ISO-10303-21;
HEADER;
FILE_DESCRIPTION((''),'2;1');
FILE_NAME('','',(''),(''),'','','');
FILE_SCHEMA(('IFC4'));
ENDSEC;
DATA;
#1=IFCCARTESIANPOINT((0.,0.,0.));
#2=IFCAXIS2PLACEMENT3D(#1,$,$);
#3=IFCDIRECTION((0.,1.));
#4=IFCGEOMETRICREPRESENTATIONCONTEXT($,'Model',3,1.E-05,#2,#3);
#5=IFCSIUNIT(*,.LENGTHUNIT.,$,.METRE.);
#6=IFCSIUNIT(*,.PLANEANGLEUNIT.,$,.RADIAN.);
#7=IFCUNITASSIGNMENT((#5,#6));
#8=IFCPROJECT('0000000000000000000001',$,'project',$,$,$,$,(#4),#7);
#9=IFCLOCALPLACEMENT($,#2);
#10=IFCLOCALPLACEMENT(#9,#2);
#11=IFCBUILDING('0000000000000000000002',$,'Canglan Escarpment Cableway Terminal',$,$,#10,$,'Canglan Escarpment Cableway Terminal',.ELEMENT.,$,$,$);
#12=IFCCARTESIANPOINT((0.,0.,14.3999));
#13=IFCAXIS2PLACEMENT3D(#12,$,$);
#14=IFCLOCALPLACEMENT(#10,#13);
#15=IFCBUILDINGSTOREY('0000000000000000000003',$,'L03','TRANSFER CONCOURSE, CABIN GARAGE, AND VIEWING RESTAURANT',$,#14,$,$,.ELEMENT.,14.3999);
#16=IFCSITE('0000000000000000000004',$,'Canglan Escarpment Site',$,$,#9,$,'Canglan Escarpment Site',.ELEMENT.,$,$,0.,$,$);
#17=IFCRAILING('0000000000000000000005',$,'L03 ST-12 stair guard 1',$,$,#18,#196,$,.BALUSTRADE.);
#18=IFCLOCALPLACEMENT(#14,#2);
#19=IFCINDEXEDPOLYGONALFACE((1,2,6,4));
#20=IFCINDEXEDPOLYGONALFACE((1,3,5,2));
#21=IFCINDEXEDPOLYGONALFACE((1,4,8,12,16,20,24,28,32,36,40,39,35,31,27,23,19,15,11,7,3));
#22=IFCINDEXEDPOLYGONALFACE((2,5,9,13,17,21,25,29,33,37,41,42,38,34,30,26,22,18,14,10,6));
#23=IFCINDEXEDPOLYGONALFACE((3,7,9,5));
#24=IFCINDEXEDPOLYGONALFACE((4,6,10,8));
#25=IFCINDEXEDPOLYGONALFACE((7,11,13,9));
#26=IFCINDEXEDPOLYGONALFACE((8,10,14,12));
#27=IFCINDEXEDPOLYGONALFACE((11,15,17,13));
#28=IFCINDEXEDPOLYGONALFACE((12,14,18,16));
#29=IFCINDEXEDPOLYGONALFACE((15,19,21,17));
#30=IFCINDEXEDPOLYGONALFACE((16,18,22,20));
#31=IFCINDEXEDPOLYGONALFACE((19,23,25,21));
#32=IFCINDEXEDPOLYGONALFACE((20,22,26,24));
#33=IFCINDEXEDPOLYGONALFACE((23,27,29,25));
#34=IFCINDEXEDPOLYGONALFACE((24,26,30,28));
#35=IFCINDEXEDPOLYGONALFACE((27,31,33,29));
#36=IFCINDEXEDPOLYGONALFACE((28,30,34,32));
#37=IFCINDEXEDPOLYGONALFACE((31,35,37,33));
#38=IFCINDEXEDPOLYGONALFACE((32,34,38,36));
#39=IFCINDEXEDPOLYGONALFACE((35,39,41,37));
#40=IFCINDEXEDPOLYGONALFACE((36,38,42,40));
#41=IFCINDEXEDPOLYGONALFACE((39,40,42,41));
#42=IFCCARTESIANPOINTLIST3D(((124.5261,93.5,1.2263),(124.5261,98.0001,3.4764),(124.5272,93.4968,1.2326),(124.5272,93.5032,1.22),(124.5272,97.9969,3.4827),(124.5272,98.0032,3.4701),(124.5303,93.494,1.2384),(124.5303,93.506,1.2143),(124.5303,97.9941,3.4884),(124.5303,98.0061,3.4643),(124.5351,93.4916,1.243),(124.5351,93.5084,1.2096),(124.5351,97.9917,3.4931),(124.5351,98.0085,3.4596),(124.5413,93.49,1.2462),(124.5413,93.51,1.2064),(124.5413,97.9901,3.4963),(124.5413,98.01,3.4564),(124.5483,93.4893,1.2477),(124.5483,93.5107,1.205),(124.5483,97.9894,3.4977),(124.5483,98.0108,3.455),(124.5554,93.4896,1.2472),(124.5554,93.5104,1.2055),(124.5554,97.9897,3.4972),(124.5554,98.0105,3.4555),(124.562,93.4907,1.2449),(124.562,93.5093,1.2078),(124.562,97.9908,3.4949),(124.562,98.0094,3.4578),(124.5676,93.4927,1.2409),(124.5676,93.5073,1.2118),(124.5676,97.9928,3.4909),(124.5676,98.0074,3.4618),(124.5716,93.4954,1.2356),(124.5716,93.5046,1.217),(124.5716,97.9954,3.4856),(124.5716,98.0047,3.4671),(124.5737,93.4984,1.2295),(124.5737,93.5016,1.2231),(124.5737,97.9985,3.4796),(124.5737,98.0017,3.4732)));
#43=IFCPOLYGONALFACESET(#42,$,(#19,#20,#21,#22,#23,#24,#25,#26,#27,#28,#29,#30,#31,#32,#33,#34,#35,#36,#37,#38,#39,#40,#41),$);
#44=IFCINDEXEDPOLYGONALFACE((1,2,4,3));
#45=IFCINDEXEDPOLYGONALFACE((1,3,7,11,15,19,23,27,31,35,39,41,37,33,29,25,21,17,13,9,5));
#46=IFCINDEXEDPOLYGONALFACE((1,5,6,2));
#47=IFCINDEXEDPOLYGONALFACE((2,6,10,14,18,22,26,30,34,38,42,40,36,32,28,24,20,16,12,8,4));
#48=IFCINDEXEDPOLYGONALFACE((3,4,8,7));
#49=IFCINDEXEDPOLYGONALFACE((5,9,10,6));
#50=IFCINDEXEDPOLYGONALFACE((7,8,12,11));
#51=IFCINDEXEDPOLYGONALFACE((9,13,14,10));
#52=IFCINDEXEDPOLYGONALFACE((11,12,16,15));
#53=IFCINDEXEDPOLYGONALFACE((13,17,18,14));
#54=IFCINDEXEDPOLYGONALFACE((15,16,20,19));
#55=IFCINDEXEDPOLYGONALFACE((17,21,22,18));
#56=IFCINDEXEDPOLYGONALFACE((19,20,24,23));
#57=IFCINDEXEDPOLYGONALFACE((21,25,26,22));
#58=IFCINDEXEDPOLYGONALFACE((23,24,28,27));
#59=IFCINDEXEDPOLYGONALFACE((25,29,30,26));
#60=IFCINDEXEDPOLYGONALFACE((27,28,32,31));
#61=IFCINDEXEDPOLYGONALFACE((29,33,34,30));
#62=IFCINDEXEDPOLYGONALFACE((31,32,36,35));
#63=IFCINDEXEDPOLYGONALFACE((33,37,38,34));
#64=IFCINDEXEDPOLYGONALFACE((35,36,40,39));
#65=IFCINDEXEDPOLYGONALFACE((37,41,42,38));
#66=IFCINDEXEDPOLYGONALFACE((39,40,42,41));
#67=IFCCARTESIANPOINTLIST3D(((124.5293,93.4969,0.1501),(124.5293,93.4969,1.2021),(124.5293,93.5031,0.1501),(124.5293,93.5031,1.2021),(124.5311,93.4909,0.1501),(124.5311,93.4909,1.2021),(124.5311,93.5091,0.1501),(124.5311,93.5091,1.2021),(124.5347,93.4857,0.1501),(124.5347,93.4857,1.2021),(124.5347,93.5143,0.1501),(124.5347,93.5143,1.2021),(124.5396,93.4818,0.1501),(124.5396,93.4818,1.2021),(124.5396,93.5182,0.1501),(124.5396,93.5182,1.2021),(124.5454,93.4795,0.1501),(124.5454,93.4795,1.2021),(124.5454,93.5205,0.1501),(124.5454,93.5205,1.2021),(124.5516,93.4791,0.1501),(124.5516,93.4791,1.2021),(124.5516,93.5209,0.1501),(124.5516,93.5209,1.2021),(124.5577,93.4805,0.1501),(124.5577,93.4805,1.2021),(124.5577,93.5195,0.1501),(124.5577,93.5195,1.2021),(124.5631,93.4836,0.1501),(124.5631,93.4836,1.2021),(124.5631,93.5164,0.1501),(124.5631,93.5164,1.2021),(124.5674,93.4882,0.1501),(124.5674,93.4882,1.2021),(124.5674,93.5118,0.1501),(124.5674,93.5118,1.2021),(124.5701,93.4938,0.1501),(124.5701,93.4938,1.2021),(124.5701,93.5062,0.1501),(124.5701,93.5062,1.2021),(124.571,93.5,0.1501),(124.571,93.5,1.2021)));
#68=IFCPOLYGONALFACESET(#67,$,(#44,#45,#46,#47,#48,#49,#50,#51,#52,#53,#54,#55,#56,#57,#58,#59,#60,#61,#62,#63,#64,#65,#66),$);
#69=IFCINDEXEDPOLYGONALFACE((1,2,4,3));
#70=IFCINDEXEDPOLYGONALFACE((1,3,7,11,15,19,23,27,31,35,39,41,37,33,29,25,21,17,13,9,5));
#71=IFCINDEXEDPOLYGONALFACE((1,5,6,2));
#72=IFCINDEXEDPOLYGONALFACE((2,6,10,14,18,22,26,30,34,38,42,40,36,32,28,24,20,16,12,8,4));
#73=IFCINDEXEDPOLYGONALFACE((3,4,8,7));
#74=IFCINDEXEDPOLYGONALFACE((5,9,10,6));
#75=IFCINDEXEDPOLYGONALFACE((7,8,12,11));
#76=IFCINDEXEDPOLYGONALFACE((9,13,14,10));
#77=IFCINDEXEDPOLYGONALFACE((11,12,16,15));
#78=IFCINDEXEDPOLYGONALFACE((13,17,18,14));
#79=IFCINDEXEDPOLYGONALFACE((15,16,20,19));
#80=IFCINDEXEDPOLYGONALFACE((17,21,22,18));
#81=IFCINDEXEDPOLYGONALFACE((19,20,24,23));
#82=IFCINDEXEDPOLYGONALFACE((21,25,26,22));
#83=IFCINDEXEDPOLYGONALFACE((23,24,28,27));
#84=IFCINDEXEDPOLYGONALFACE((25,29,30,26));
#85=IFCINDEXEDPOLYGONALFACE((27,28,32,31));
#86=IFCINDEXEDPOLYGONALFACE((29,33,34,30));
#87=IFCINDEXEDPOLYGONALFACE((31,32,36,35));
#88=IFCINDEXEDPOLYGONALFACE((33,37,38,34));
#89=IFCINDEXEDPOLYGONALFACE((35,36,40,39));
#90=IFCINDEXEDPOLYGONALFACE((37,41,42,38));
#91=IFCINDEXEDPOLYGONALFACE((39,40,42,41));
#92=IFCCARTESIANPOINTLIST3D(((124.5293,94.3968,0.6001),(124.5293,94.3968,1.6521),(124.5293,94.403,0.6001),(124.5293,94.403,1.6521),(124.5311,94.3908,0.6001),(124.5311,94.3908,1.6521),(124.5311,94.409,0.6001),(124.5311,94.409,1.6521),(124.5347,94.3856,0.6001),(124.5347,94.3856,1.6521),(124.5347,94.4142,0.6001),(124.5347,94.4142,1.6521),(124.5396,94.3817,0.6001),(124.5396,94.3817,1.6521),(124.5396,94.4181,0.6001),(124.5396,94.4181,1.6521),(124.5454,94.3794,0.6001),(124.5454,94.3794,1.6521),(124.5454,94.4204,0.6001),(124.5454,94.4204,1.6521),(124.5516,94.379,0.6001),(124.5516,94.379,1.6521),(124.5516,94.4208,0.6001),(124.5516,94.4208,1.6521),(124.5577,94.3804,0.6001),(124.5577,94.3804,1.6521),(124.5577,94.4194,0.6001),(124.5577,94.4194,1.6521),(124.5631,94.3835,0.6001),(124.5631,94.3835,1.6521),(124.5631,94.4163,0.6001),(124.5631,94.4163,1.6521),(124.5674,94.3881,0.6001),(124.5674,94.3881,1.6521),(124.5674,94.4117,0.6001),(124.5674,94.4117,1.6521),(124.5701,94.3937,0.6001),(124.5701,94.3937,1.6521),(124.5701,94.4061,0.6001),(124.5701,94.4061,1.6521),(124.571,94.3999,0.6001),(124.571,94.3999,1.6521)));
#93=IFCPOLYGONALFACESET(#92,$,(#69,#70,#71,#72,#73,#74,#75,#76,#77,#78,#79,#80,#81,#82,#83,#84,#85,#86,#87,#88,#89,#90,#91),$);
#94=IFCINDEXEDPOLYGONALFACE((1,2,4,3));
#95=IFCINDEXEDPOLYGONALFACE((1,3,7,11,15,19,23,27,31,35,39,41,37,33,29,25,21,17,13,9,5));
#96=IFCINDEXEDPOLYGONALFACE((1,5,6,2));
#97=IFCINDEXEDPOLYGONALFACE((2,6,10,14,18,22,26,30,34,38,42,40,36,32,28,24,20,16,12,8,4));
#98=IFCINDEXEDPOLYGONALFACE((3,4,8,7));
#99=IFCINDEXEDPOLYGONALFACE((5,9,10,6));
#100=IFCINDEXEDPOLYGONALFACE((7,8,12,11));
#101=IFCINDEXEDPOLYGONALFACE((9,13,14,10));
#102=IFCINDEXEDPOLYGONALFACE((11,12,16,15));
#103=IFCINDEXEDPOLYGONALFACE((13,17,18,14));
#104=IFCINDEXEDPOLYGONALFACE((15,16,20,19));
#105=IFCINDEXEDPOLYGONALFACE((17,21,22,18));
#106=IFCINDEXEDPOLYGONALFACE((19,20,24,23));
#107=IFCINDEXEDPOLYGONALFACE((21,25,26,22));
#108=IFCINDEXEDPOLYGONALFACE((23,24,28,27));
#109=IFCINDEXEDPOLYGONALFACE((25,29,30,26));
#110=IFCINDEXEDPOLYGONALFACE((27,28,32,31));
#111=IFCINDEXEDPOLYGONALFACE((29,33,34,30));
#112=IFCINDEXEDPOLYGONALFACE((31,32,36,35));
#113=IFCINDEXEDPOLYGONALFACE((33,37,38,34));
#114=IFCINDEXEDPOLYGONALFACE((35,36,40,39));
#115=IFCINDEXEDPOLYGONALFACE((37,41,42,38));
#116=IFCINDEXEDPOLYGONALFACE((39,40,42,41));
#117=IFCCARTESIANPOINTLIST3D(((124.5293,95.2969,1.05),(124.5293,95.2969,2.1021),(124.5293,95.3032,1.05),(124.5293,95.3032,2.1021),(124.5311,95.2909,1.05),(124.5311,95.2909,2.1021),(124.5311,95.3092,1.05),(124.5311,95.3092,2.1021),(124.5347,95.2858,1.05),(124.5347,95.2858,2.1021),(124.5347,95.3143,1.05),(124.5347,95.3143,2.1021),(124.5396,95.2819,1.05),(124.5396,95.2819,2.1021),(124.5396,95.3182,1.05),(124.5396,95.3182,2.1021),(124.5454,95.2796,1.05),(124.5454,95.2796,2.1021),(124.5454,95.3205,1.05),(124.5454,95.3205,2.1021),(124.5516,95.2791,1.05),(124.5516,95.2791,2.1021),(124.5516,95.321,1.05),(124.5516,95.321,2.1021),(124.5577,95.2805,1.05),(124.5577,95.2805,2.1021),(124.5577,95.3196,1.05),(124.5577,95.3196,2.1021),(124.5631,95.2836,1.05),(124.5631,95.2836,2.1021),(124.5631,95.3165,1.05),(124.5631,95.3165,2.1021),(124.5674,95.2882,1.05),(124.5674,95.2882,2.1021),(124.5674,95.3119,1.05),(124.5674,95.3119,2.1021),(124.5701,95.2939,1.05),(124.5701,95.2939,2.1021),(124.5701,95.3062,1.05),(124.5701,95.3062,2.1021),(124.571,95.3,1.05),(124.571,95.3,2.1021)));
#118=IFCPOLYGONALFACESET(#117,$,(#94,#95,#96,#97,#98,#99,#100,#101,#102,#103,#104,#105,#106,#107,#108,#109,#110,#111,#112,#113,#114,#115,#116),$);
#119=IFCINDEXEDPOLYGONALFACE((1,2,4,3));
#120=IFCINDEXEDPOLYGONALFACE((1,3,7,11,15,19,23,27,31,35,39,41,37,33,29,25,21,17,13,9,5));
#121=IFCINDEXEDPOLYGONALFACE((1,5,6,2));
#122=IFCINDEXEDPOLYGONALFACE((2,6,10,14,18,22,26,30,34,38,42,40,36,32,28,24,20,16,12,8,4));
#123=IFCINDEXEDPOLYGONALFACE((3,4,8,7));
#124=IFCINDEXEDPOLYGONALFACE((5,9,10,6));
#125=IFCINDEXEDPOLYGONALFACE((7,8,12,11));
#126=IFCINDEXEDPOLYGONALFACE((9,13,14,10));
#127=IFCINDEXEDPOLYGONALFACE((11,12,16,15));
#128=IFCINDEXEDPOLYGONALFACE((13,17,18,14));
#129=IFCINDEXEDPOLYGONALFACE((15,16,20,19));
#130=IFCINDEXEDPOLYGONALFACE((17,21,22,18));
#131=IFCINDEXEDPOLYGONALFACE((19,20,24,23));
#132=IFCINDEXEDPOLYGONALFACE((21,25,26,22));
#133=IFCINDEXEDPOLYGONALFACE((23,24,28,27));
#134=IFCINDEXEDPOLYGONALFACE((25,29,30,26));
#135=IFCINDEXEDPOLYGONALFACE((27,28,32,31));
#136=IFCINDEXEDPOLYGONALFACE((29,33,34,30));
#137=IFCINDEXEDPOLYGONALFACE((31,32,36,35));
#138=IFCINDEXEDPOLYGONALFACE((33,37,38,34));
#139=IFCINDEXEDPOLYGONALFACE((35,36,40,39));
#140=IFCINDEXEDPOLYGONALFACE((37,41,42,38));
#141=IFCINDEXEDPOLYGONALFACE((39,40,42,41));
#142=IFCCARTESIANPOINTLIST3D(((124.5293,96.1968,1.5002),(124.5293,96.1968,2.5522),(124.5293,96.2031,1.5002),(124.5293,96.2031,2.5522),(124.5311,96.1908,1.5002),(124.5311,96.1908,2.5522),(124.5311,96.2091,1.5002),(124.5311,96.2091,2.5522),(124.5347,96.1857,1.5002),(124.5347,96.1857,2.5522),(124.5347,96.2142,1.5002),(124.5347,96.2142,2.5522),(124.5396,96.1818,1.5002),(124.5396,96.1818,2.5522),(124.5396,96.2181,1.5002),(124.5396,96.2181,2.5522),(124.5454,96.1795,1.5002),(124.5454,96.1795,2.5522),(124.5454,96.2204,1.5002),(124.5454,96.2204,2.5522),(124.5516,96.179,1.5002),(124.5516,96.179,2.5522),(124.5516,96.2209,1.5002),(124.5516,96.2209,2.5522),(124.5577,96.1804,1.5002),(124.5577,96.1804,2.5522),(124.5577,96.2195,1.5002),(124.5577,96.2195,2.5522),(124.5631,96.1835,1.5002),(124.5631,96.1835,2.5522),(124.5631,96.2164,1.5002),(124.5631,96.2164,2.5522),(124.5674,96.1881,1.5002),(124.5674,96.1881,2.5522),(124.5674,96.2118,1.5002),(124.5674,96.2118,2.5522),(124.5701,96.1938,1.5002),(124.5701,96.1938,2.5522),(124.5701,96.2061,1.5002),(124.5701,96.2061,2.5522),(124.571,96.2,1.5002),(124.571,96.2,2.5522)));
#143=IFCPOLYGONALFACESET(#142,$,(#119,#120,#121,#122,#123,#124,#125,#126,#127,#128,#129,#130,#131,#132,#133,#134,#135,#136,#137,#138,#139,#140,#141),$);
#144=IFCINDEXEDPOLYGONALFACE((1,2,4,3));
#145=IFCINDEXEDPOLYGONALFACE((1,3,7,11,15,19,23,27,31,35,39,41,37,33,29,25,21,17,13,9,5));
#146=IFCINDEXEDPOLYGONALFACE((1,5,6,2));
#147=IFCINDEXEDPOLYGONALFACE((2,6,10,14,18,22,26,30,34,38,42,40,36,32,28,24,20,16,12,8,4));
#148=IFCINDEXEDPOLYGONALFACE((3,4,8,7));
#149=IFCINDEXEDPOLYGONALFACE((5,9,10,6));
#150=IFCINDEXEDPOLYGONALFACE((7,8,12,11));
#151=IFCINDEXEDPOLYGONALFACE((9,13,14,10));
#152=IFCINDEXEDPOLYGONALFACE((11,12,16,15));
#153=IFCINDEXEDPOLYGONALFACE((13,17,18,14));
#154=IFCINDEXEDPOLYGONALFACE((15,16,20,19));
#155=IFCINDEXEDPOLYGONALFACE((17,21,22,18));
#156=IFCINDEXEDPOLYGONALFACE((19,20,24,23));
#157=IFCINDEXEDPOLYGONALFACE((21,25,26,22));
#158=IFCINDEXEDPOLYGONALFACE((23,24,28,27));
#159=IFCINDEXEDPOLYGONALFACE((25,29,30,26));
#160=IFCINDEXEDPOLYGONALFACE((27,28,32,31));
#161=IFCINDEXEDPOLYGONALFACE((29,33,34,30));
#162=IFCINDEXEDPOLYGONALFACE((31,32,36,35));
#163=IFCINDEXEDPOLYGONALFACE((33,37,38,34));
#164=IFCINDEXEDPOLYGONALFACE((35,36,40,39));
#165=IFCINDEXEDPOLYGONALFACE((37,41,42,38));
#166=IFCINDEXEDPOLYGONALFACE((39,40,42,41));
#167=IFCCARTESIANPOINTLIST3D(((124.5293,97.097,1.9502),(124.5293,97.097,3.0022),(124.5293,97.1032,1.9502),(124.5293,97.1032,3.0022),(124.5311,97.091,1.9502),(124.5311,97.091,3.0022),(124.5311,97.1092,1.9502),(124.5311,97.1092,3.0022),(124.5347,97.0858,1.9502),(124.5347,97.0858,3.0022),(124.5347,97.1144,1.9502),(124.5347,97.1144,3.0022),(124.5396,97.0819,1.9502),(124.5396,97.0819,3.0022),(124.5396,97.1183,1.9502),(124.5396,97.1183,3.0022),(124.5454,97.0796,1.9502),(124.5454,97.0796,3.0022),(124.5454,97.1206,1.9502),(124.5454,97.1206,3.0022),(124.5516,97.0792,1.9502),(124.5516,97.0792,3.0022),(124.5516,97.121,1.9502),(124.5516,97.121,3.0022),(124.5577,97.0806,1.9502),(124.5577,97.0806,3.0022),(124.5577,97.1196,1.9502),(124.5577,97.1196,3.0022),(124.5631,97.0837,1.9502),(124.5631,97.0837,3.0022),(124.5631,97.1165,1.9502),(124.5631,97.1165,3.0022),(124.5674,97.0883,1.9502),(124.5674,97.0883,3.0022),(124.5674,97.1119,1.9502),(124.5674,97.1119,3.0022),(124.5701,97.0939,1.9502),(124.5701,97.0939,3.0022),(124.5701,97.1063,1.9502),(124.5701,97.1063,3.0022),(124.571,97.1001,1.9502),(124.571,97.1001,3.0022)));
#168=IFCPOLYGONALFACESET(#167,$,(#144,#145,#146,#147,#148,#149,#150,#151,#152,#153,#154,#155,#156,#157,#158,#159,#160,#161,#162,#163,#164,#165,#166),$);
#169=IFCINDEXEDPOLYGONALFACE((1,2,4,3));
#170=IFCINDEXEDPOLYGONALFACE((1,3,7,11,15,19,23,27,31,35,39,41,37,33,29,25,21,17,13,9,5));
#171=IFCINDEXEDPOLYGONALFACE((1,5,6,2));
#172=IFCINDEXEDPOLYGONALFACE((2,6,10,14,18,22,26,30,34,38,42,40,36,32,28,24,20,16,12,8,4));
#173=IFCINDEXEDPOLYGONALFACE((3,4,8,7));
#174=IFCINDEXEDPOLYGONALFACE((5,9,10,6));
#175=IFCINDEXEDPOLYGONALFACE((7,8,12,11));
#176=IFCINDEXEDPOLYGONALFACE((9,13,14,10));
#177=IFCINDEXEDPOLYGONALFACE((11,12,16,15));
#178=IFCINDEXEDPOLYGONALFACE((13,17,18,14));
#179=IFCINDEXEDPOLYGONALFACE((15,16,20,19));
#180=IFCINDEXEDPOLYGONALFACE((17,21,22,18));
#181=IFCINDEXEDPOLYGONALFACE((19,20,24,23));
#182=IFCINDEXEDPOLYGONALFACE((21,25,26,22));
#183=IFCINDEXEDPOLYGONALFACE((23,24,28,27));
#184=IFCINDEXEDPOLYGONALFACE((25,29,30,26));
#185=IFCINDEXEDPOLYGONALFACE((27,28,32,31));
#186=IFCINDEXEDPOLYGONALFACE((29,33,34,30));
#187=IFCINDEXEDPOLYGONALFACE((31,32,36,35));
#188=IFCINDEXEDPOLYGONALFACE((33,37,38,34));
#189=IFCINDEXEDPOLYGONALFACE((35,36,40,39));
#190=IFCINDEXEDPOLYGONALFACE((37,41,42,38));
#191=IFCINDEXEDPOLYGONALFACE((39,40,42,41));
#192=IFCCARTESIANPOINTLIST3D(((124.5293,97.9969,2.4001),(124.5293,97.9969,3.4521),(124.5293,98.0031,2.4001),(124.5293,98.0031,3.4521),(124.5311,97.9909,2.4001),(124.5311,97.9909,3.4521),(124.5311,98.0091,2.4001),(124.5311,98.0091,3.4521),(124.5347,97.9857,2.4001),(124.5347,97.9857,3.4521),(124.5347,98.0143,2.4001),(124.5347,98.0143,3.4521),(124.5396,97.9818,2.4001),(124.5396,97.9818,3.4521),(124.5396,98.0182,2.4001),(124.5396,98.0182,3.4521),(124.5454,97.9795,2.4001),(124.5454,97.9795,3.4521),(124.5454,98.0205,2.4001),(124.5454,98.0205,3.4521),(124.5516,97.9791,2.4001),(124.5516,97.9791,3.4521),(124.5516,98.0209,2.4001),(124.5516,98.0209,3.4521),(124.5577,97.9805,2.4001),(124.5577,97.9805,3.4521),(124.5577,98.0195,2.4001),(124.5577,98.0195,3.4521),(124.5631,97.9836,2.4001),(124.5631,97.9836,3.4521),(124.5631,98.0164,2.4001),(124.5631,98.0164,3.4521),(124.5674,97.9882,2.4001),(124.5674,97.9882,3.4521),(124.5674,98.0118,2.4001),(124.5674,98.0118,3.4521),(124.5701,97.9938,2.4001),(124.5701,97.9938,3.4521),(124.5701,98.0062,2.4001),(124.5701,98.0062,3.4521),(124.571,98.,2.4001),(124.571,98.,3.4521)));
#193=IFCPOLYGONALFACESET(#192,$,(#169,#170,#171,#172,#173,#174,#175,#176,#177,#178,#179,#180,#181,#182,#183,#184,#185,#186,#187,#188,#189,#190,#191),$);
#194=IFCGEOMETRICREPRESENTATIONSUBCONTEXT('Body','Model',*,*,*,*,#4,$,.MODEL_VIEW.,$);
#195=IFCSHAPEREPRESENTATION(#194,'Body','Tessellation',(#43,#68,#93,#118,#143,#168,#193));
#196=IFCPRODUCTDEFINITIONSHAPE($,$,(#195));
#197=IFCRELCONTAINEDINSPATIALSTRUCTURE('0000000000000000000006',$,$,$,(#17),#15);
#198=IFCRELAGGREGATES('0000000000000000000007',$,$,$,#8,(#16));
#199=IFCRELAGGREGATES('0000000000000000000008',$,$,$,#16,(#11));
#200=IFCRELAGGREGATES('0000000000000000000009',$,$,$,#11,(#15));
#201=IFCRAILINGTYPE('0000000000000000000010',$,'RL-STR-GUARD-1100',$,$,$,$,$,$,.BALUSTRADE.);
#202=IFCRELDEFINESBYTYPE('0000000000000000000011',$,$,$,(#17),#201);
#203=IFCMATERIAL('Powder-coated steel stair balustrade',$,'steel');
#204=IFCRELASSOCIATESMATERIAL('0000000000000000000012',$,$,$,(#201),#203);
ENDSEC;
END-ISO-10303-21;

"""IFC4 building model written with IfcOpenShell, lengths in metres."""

from ifc_helpers import new_model, si_unit, direction, frame, origin, origin_2d, place, context, subcontext, project, spatial, circle, extrude, material, type_object, element, save


model = new_model("IFC4")

# Units and contexts
model_context = context("Model", 3, precision=1e-05, world=origin(), true_north=direction((0.0, 1.0)))
body_context = subcontext(model_context, "Body", "Model", "MODEL_VIEW")
ifc_project = project(units=[si_unit("LENGTHUNIT", "METRE"), si_unit("PLANEANGLEUNIT", "RADIAN")], contexts=[model_context])

# Site, building, storey
site_placement = place(None, origin())
site = spatial("IfcSite", under=ifc_project, at=site_placement, Name="Canglan Escarpment Site", LongName="Canglan Escarpment Site", CompositionType="ELEMENT", RefElevation=0.0)
building_placement = place(site_placement, origin())
building = spatial("IfcBuilding", under=site, at=building_placement, Name="Canglan Escarpment Cableway Terminal", LongName="Canglan Escarpment Cableway Terminal", CompositionType="ELEMENT")
storey_placement = place(building_placement, frame((0.0, 0.0, 14.3999)))
storey = spatial("IfcBuildingStorey", under=building, at=storey_placement, Name="L03", Description="TRANSFER CONCOURSE, CABIN GARAGE, AND VIEWING RESTAURANT", CompositionType="ELEMENT", Elevation=14.3999)

# Railing
ifc_material_1 = material(Name="Powder-coated steel stair balustrade", Category="steel")
railing_type_1 = type_object("IfcRailingType", Name="RL-STR-GUARD-1100", PredefinedType="BALUSTRADE", material=ifc_material_1)
railing_1_placement = place(storey_placement, frame((124.55, 93.5, 0.1501)))
element("IfcRailing", 1, at=railing_1_placement, inside=storey, type_object=railing_type_1, Name="L03 ST-12 stair guard 1", PredefinedType="BALUSTRADE", context=body_context, shape_type="SweptSolid", body=[
    extrude(circle(Radius=0.0239, at=origin_2d()), frame((0.0, 0.0, 1.0762), z_axis=(0.0, 0.894427, 0.447214), x_axis=(-1.0, 0.0, 0.0)), (0.0, 0.0, 1.0), 5.0312),
    extrude(circle(Radius=0.021, at=origin_2d()), origin(), (0.0, 0.0, 1.0), 1.052),
    extrude(circle(Radius=0.021, at=origin_2d()), frame((0.0, 0.8999, 0.45)), (0.0, 0.0, 1.0), 1.052),
    extrude(circle(Radius=0.021, at=origin_2d()), frame((0.0, 1.8, 0.8999)), (0.0, 0.0, 1.0), 1.052),
    extrude(circle(Radius=0.021, at=origin_2d()), frame((0.0, 2.7, 1.3501)), (0.0, 0.0, 1.0), 1.052),
    extrude(circle(Radius=0.021, at=origin_2d()), frame((0.0, 3.6001, 1.8)), (0.0, 0.0, 1.0), 1.052),
    extrude(circle(Radius=0.021, at=origin_2d()), frame((0.0, 4.5, 2.25)), (0.0, 0.0, 1.0), 1.052),
])

save(model, "model.ifc")
